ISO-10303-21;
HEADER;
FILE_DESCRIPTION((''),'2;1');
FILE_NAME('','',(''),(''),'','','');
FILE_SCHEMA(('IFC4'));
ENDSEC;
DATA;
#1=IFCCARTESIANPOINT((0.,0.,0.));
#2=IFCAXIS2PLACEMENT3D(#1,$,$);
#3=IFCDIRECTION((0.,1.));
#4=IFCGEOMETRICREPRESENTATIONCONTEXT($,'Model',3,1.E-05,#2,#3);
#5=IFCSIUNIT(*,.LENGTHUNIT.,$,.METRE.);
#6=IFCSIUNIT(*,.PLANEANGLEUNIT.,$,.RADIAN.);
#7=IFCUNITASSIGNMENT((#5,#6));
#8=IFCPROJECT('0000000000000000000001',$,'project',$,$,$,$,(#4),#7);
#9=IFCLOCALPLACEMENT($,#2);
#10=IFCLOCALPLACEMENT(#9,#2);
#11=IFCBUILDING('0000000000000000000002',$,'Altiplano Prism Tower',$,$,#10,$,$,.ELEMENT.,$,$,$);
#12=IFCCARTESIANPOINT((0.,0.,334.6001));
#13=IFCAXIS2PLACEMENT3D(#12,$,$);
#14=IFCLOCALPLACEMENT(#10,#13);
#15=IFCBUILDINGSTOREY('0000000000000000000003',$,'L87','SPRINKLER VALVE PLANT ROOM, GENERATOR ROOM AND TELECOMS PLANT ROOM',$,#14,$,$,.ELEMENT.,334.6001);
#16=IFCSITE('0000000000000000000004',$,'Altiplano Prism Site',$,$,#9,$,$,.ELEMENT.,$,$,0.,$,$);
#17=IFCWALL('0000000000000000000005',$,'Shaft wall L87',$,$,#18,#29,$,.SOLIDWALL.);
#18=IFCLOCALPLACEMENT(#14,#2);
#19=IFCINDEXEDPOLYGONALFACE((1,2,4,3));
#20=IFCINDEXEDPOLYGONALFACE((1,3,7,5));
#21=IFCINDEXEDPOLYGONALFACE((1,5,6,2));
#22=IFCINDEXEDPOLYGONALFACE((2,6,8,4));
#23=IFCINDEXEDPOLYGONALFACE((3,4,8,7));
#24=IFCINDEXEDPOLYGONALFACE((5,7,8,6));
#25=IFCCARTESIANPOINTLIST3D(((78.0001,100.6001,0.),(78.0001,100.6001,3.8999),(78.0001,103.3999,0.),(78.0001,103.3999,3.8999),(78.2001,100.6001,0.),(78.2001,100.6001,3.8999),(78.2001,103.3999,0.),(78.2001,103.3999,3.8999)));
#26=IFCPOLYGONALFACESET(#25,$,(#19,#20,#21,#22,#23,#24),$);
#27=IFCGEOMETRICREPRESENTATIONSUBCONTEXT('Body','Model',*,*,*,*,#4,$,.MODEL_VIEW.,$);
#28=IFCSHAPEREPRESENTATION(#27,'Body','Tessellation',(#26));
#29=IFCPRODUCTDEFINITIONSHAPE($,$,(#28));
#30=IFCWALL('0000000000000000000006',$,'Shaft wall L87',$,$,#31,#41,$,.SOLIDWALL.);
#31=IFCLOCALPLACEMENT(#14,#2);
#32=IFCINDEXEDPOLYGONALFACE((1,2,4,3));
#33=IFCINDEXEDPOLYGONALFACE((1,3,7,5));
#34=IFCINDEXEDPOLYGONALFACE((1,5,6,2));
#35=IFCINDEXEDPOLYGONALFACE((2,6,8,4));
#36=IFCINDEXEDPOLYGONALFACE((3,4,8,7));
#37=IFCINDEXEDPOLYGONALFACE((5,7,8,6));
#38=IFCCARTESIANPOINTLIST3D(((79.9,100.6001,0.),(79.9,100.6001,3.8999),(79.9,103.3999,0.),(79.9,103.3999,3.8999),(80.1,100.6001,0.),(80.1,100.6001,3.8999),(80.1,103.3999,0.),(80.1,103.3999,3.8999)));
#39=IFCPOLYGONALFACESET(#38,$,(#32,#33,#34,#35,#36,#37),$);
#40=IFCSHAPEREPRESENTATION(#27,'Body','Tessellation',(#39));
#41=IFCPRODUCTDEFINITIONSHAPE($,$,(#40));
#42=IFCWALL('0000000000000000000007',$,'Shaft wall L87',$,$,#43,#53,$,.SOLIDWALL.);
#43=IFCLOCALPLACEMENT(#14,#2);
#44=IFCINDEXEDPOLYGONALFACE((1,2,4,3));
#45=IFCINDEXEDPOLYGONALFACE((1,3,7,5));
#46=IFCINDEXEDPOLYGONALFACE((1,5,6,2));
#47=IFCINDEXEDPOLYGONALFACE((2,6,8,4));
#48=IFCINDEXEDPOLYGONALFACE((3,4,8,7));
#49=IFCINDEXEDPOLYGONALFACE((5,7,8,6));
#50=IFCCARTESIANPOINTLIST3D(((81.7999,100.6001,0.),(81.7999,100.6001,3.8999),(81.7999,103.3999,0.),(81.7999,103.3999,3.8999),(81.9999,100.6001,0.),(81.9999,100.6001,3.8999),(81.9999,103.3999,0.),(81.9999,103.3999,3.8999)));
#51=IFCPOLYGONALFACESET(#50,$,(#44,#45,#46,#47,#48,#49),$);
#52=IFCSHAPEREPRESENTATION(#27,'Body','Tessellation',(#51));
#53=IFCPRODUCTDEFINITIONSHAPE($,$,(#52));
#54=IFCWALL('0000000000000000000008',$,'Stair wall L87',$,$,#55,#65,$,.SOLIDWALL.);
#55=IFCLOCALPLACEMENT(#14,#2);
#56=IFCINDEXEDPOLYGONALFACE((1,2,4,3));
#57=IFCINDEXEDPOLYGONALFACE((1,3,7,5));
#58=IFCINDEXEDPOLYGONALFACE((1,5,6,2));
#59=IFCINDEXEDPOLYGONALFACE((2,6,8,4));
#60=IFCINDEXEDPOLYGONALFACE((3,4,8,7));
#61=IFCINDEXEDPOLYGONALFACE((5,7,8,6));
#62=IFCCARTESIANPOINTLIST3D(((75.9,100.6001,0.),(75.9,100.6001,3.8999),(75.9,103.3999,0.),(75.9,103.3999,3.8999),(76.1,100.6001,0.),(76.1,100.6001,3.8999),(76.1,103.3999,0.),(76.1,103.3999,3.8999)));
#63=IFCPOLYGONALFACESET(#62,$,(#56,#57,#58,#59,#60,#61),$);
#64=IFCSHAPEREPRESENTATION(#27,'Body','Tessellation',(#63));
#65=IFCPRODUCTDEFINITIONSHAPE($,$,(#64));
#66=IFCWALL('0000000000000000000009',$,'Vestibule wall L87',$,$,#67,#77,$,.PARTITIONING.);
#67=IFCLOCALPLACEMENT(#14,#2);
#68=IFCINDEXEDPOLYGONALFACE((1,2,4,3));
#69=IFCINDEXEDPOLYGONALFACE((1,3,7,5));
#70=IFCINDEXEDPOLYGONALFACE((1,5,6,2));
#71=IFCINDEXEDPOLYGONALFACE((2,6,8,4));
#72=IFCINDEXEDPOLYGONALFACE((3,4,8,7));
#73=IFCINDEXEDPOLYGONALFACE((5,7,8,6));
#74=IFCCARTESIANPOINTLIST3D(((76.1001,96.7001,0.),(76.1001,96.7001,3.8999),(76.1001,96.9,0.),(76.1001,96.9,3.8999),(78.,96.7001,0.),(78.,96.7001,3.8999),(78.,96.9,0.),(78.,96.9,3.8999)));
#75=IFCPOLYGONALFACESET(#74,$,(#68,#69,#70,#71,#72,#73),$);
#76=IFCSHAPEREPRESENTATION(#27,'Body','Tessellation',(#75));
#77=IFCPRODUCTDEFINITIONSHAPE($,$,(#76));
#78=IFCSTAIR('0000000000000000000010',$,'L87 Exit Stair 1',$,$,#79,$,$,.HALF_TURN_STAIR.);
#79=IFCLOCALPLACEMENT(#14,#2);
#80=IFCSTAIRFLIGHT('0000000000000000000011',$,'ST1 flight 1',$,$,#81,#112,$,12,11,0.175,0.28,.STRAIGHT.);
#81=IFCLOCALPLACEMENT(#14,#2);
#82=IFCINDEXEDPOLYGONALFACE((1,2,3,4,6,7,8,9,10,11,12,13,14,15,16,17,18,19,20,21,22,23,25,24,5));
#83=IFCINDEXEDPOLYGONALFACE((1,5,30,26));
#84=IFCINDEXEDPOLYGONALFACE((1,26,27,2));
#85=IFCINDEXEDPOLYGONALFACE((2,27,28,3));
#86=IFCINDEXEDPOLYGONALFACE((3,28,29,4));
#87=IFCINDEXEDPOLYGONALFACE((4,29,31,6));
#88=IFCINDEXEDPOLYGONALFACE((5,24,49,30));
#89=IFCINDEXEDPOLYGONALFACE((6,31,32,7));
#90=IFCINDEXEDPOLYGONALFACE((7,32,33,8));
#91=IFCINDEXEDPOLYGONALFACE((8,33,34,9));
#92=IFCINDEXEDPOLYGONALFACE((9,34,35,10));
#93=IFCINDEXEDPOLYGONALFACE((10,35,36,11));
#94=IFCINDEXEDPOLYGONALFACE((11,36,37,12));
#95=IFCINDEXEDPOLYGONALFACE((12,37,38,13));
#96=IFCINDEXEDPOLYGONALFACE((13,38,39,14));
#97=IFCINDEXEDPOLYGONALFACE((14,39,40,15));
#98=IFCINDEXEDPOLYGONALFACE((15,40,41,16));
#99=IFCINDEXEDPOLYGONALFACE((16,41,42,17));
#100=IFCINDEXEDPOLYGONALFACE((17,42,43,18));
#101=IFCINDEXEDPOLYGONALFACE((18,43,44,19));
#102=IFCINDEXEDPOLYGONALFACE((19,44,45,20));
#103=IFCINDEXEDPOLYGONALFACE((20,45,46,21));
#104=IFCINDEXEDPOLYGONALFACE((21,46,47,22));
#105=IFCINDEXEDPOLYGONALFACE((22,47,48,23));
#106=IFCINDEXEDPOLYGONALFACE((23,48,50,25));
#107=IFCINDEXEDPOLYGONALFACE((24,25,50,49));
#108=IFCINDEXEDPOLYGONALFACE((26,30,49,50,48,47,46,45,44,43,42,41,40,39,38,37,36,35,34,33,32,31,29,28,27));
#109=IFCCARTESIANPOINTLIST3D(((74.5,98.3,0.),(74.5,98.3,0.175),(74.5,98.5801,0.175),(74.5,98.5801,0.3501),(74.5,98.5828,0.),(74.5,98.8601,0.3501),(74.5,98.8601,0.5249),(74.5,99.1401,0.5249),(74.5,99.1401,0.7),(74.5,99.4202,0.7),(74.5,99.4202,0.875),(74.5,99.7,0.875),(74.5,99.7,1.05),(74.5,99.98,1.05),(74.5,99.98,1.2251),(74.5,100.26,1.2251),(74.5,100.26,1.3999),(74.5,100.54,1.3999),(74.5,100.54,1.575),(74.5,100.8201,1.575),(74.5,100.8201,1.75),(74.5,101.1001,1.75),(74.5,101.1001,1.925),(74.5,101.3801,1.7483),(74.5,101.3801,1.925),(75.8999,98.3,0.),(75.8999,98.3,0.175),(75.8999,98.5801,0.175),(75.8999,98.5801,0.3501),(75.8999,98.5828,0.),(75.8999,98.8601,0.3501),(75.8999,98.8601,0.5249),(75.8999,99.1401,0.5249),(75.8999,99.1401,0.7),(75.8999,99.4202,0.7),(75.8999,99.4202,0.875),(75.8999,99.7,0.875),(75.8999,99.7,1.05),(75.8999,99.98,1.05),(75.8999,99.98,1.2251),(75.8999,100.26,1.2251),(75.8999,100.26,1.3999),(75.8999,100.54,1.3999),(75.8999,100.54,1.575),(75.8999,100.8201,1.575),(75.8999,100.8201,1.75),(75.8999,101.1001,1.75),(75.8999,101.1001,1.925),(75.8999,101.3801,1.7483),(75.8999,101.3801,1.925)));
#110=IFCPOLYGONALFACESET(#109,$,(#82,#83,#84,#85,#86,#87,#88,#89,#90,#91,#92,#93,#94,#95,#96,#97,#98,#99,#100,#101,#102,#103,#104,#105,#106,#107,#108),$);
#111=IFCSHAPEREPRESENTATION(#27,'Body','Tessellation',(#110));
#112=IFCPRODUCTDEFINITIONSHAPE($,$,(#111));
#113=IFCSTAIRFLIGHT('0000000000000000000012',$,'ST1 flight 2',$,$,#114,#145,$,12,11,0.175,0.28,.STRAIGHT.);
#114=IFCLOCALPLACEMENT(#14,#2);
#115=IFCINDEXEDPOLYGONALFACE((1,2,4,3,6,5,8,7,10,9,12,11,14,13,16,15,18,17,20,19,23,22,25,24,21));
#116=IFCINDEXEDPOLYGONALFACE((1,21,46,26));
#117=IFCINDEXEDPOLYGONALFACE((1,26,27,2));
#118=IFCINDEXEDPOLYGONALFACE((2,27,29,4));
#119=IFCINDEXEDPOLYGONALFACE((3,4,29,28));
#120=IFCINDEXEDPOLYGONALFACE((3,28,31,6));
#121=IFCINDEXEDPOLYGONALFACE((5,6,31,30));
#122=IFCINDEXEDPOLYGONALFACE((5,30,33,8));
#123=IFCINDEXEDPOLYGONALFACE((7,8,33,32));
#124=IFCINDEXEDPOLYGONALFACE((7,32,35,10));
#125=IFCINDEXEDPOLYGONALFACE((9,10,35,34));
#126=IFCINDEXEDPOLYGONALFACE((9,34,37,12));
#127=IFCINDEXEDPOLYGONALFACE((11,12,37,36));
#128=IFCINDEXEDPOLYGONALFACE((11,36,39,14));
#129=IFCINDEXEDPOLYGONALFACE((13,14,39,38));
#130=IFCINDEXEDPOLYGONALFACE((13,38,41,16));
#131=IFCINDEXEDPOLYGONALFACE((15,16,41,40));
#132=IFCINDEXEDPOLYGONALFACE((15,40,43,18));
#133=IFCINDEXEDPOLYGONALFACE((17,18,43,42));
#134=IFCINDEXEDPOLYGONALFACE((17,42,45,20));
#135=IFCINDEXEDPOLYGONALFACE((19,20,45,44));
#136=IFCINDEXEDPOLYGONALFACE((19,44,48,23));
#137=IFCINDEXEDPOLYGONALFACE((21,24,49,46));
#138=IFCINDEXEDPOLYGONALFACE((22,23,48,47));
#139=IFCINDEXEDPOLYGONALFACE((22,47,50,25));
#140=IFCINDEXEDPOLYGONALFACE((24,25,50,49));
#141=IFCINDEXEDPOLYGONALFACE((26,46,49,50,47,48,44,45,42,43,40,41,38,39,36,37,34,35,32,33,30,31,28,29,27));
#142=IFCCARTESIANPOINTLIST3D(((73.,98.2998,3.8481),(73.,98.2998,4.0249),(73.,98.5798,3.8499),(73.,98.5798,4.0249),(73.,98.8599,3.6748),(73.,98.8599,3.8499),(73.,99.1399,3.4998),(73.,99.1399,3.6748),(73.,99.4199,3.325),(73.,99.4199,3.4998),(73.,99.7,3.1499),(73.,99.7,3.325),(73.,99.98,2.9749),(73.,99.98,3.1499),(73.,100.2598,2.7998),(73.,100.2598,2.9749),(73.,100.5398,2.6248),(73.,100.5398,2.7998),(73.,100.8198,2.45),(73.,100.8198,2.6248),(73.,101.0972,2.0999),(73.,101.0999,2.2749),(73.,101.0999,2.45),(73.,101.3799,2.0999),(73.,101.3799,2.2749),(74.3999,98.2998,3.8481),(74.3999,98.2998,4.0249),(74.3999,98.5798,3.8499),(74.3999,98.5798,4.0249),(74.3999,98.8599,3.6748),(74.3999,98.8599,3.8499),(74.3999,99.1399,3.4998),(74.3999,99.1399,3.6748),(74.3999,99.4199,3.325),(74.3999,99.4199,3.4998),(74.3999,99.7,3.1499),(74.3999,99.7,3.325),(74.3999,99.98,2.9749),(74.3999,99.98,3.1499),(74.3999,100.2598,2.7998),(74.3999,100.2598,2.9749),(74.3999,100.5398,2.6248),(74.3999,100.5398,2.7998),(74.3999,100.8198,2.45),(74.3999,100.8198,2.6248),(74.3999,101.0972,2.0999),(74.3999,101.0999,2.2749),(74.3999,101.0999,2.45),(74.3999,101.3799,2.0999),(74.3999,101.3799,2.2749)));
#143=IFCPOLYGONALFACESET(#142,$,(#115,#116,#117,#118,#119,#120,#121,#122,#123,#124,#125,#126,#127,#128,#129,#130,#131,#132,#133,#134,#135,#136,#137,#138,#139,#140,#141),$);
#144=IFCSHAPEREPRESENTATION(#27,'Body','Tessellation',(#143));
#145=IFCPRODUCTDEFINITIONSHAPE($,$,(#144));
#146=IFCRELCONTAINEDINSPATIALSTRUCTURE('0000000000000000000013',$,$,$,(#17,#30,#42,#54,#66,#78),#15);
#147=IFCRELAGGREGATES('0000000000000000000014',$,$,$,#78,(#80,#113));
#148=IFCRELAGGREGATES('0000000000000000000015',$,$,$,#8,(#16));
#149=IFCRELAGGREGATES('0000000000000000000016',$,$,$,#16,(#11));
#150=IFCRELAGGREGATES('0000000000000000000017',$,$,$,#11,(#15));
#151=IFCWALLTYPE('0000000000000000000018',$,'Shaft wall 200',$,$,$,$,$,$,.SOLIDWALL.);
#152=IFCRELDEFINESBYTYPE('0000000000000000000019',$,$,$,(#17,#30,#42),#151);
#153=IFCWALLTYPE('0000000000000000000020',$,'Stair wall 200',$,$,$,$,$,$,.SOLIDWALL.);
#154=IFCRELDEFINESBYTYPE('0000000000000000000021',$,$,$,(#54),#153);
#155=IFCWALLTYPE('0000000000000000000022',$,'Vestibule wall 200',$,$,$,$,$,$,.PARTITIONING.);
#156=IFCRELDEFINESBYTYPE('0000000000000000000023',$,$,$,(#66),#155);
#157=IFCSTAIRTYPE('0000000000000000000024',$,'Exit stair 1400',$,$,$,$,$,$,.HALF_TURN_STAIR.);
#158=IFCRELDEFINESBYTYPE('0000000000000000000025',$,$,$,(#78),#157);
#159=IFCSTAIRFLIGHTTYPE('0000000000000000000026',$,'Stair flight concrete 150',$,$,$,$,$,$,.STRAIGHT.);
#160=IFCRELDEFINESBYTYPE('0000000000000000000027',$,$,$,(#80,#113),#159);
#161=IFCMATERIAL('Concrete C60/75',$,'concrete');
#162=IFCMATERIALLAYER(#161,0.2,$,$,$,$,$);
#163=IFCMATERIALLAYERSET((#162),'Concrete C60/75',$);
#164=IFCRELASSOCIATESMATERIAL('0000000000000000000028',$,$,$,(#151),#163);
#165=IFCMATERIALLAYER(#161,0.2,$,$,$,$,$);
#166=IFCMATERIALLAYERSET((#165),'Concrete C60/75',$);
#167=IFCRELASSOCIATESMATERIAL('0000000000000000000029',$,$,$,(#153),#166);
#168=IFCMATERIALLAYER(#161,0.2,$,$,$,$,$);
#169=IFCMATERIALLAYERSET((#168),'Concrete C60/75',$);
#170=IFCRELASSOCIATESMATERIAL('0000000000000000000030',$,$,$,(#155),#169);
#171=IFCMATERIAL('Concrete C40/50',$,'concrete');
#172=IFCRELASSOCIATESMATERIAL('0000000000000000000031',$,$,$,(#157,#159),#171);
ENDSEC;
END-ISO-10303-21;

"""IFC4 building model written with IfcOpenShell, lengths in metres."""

from ifc_helpers import new_model, si_unit, direction, frame, frame_2d, origin, place, context, subcontext, project, spatial, polyline, rectangle, outline, extrude, material, layer, layer_set, type_object, element, aggregate, save


model = new_model("IFC4")

# Units and contexts
model_context = context("Model", 3, precision=1e-05, world=origin(), true_north=direction((0.0, 1.0)))
body_context = subcontext(model_context, "Body", "Model", "MODEL_VIEW")
ifc_project = project(units=[si_unit("LENGTHUNIT", "METRE"), si_unit("PLANEANGLEUNIT", "RADIAN")], contexts=[model_context])

# Site, building, storey
site_placement = place(None, origin())
site = spatial("IfcSite", under=ifc_project, at=site_placement, Name="Altiplano Prism Site", CompositionType="ELEMENT", RefElevation=0.0)
building_placement = place(site_placement, origin())
building = spatial("IfcBuilding", under=site, at=building_placement, Name="Altiplano Prism Tower", CompositionType="ELEMENT")
storey_placement = place(building_placement, frame((0.0, 0.0, 334.6001)))
storey = spatial("IfcBuildingStorey", under=building, at=storey_placement, Name="L87", Description="SPRINKLER VALVE PLANT ROOM, GENERATOR ROOM AND TELECOMS PLANT ROOM", CompositionType="ELEMENT", Elevation=334.6001)

# Walls
ifc_material_1 = material(Name="Concrete C60/75", Category="concrete")
ifc_layer_1 = layer(ifc_material_1, 0.2)
ifc_layer_set_1 = layer_set([ifc_layer_1], Name="Concrete C60/75")
wall_type_1 = type_object("IfcWallType", Name="Shaft wall 200", PredefinedType="SOLIDWALL", material=ifc_layer_set_1)
for number, where, z_axis, x_axis, name in (
    (1, (78.1001, 100.6001, 0.0), (0.0, 0.0, 1.0), (0.0, 1.0, 0.0), "Shaft wall L87"),
    (2, (80.0, 100.6001, 0.0), (0.0, 0.0, 1.0), (0.0, 1.0, 0.0), "Shaft wall L87"),
    (3, (81.8999, 100.6001, 0.0), (0.0, 0.0, 1.0), (0.0, 1.0, 0.0), "Shaft wall L87"),
):
    element("IfcWall", number, at=place(storey_placement, frame(where, z_axis=z_axis, x_axis=x_axis)), inside=storey, type_object=wall_type_1, Name=name, PredefinedType="SOLIDWALL", context=body_context, shape_type="SweptSolid", body=[
        extrude(rectangle(XDim=2.7998, YDim=0.2, at=frame_2d((1.3999, 0.0))), origin(), (0.0, 0.0, 1.0), 3.8999),
    ])

# Shared definitions
ifc_layer_2 = layer(ifc_material_1, 0.2)
ifc_layer_set_2 = layer_set([ifc_layer_2], Name="Concrete C60/75")
wall_type_2 = type_object("IfcWallType", Name="Stair wall 200", PredefinedType="SOLIDWALL", material=ifc_layer_set_2)

# Walls
wall_1_placement = place(storey_placement, frame((76.0, 100.6001, 0.0), z_axis=(0.0, 0.0, 1.0), x_axis=(0.0, 1.0, 0.0)))
element("IfcWall", 4, at=wall_1_placement, inside=storey, type_object=wall_type_2, Name="Stair wall L87", PredefinedType="SOLIDWALL", context=body_context, shape_type="SweptSolid", body=[
    extrude(rectangle(XDim=2.7998, YDim=0.2, at=frame_2d((1.3999, 0.0))), origin(), (0.0, 0.0, 1.0), 3.8999),
])
ifc_layer_3 = layer(ifc_material_1, 0.2)
ifc_layer_set_3 = layer_set([ifc_layer_3], Name="Concrete C60/75")
wall_type_3 = type_object("IfcWallType", Name="Vestibule wall 200", PredefinedType="PARTITIONING", material=ifc_layer_set_3)
wall_2_placement = place(storey_placement, frame((76.1001, 96.8, 0.0), z_axis=(0.0, 0.0, 1.0), x_axis=(1.0, 0.0, 0.0)))
element("IfcWall", 5, at=wall_2_placement, inside=storey, type_object=wall_type_3, Name="Vestibule wall L87", PredefinedType="PARTITIONING", context=body_context, shape_type="SweptSolid", body=[
    extrude(rectangle(XDim=1.8999, YDim=0.2, at=frame_2d((0.95, 0.0))), origin(), (0.0, 0.0, 1.0), 3.8999),
])

# Stair, stair flights
ifc_material_2 = material(Name="Concrete C40/50", Category="concrete")
stair_type = type_object("IfcStairType", Name="Exit stair 1400", PredefinedType="HALF_TURN_STAIR", material=ifc_material_2)
stair_placement = place(storey_placement, origin())
stair = element("IfcStair", 6, at=stair_placement, inside=storey, type_object=stair_type, Name="L87 Exit Stair 1", PredefinedType="HALF_TURN_STAIR")
stair_flight_type = type_object("IfcStairFlightType", Name="Stair flight concrete 150", PredefinedType="STRAIGHT", material=ifc_material_2)
stair_flight_1_placement = place(storey_placement, frame((75.2, 98.3, 0.0), z_axis=(0.0, 0.0, 1.0), x_axis=(0.0, 1.0, 0.0)))
stair_flight_1 = element("IfcStairFlight", 7, at=stair_flight_1_placement, type_object=stair_flight_type, Name="ST1 flight 1", NumberOfRisers=12, NumberOfTreads=11, PredefinedType="STRAIGHT", RiserHeight=0.175, TreadLength=0.28, context=body_context, shape_type="SweptSolid", body=[
    extrude(outline(polyline([(0.0, 0.0), (0.0, 0.175), (0.28, 0.175), (0.28, 0.3501), (0.5601, 0.3501), (0.5601, 0.5249), (0.8401, 0.5249), (0.8401, 0.7), (1.1201, 0.7), (1.1201, 0.875), (1.3999, 0.875), (1.3999, 1.05), (1.6799, 1.05), (1.6799, 1.2251), (1.96, 1.2251), (1.96, 1.3999), (2.24, 1.3999), (2.24, 1.575), (2.52, 1.575), (2.52, 1.75), (2.8, 1.75), (2.8, 1.925), (3.0801, 1.925), (3.0801, 2.1001), (3.0801, 1.7483), (0.2827, 0.0), (0.0, 0.0)])), frame((0.0, 0.7, 0.0), z_axis=(0.0, -1.0, 0.0), x_axis=(1.0, 0.0, 0.0)), (0.0, 0.0, 1.0), 1.3999),
])
stair_flight_2_placement = place(storey_placement, frame((73.7, 101.3799, 2.0999), z_axis=(0.0, 0.0, 1.0), x_axis=(0.0, -1.0, 0.0)))
stair_flight_2 = element("IfcStairFlight", 8, at=stair_flight_2_placement, type_object=stair_flight_type, Name="ST1 flight 2", NumberOfRisers=12, NumberOfTreads=11, PredefinedType="STRAIGHT", RiserHeight=0.175, TreadLength=0.28, context=body_context, shape_type="SweptSolid", body=[
    extrude(outline(polyline([(0.0, 0.0), (0.0, 0.175), (0.28, 0.175), (0.28, 0.3501), (0.5601, 0.3501), (0.5601, 0.5249), (0.8401, 0.5249), (0.8401, 0.7), (1.1201, 0.7), (1.1201, 0.875), (1.3999, 0.875), (1.3999, 1.05), (1.6799, 1.05), (1.6799, 1.2251), (1.96, 1.2251), (1.96, 1.3999), (2.24, 1.3999), (2.24, 1.575), (2.52, 1.575), (2.52, 1.75), (2.8, 1.75), (2.8, 1.925), (3.0801, 1.925), (3.0801, 2.1001), (3.0801, 1.7483), (0.2827, 0.0), (0.0, 0.0)])), frame((0.0, 0.7, 0.0), z_axis=(0.0, -1.0, 0.0), x_axis=(1.0, 0.0, 0.0)), (0.0, 0.0, 1.0), 1.3999),
])
aggregate(stair, [stair_flight_1, stair_flight_2])

save(model, "model.ifc")
